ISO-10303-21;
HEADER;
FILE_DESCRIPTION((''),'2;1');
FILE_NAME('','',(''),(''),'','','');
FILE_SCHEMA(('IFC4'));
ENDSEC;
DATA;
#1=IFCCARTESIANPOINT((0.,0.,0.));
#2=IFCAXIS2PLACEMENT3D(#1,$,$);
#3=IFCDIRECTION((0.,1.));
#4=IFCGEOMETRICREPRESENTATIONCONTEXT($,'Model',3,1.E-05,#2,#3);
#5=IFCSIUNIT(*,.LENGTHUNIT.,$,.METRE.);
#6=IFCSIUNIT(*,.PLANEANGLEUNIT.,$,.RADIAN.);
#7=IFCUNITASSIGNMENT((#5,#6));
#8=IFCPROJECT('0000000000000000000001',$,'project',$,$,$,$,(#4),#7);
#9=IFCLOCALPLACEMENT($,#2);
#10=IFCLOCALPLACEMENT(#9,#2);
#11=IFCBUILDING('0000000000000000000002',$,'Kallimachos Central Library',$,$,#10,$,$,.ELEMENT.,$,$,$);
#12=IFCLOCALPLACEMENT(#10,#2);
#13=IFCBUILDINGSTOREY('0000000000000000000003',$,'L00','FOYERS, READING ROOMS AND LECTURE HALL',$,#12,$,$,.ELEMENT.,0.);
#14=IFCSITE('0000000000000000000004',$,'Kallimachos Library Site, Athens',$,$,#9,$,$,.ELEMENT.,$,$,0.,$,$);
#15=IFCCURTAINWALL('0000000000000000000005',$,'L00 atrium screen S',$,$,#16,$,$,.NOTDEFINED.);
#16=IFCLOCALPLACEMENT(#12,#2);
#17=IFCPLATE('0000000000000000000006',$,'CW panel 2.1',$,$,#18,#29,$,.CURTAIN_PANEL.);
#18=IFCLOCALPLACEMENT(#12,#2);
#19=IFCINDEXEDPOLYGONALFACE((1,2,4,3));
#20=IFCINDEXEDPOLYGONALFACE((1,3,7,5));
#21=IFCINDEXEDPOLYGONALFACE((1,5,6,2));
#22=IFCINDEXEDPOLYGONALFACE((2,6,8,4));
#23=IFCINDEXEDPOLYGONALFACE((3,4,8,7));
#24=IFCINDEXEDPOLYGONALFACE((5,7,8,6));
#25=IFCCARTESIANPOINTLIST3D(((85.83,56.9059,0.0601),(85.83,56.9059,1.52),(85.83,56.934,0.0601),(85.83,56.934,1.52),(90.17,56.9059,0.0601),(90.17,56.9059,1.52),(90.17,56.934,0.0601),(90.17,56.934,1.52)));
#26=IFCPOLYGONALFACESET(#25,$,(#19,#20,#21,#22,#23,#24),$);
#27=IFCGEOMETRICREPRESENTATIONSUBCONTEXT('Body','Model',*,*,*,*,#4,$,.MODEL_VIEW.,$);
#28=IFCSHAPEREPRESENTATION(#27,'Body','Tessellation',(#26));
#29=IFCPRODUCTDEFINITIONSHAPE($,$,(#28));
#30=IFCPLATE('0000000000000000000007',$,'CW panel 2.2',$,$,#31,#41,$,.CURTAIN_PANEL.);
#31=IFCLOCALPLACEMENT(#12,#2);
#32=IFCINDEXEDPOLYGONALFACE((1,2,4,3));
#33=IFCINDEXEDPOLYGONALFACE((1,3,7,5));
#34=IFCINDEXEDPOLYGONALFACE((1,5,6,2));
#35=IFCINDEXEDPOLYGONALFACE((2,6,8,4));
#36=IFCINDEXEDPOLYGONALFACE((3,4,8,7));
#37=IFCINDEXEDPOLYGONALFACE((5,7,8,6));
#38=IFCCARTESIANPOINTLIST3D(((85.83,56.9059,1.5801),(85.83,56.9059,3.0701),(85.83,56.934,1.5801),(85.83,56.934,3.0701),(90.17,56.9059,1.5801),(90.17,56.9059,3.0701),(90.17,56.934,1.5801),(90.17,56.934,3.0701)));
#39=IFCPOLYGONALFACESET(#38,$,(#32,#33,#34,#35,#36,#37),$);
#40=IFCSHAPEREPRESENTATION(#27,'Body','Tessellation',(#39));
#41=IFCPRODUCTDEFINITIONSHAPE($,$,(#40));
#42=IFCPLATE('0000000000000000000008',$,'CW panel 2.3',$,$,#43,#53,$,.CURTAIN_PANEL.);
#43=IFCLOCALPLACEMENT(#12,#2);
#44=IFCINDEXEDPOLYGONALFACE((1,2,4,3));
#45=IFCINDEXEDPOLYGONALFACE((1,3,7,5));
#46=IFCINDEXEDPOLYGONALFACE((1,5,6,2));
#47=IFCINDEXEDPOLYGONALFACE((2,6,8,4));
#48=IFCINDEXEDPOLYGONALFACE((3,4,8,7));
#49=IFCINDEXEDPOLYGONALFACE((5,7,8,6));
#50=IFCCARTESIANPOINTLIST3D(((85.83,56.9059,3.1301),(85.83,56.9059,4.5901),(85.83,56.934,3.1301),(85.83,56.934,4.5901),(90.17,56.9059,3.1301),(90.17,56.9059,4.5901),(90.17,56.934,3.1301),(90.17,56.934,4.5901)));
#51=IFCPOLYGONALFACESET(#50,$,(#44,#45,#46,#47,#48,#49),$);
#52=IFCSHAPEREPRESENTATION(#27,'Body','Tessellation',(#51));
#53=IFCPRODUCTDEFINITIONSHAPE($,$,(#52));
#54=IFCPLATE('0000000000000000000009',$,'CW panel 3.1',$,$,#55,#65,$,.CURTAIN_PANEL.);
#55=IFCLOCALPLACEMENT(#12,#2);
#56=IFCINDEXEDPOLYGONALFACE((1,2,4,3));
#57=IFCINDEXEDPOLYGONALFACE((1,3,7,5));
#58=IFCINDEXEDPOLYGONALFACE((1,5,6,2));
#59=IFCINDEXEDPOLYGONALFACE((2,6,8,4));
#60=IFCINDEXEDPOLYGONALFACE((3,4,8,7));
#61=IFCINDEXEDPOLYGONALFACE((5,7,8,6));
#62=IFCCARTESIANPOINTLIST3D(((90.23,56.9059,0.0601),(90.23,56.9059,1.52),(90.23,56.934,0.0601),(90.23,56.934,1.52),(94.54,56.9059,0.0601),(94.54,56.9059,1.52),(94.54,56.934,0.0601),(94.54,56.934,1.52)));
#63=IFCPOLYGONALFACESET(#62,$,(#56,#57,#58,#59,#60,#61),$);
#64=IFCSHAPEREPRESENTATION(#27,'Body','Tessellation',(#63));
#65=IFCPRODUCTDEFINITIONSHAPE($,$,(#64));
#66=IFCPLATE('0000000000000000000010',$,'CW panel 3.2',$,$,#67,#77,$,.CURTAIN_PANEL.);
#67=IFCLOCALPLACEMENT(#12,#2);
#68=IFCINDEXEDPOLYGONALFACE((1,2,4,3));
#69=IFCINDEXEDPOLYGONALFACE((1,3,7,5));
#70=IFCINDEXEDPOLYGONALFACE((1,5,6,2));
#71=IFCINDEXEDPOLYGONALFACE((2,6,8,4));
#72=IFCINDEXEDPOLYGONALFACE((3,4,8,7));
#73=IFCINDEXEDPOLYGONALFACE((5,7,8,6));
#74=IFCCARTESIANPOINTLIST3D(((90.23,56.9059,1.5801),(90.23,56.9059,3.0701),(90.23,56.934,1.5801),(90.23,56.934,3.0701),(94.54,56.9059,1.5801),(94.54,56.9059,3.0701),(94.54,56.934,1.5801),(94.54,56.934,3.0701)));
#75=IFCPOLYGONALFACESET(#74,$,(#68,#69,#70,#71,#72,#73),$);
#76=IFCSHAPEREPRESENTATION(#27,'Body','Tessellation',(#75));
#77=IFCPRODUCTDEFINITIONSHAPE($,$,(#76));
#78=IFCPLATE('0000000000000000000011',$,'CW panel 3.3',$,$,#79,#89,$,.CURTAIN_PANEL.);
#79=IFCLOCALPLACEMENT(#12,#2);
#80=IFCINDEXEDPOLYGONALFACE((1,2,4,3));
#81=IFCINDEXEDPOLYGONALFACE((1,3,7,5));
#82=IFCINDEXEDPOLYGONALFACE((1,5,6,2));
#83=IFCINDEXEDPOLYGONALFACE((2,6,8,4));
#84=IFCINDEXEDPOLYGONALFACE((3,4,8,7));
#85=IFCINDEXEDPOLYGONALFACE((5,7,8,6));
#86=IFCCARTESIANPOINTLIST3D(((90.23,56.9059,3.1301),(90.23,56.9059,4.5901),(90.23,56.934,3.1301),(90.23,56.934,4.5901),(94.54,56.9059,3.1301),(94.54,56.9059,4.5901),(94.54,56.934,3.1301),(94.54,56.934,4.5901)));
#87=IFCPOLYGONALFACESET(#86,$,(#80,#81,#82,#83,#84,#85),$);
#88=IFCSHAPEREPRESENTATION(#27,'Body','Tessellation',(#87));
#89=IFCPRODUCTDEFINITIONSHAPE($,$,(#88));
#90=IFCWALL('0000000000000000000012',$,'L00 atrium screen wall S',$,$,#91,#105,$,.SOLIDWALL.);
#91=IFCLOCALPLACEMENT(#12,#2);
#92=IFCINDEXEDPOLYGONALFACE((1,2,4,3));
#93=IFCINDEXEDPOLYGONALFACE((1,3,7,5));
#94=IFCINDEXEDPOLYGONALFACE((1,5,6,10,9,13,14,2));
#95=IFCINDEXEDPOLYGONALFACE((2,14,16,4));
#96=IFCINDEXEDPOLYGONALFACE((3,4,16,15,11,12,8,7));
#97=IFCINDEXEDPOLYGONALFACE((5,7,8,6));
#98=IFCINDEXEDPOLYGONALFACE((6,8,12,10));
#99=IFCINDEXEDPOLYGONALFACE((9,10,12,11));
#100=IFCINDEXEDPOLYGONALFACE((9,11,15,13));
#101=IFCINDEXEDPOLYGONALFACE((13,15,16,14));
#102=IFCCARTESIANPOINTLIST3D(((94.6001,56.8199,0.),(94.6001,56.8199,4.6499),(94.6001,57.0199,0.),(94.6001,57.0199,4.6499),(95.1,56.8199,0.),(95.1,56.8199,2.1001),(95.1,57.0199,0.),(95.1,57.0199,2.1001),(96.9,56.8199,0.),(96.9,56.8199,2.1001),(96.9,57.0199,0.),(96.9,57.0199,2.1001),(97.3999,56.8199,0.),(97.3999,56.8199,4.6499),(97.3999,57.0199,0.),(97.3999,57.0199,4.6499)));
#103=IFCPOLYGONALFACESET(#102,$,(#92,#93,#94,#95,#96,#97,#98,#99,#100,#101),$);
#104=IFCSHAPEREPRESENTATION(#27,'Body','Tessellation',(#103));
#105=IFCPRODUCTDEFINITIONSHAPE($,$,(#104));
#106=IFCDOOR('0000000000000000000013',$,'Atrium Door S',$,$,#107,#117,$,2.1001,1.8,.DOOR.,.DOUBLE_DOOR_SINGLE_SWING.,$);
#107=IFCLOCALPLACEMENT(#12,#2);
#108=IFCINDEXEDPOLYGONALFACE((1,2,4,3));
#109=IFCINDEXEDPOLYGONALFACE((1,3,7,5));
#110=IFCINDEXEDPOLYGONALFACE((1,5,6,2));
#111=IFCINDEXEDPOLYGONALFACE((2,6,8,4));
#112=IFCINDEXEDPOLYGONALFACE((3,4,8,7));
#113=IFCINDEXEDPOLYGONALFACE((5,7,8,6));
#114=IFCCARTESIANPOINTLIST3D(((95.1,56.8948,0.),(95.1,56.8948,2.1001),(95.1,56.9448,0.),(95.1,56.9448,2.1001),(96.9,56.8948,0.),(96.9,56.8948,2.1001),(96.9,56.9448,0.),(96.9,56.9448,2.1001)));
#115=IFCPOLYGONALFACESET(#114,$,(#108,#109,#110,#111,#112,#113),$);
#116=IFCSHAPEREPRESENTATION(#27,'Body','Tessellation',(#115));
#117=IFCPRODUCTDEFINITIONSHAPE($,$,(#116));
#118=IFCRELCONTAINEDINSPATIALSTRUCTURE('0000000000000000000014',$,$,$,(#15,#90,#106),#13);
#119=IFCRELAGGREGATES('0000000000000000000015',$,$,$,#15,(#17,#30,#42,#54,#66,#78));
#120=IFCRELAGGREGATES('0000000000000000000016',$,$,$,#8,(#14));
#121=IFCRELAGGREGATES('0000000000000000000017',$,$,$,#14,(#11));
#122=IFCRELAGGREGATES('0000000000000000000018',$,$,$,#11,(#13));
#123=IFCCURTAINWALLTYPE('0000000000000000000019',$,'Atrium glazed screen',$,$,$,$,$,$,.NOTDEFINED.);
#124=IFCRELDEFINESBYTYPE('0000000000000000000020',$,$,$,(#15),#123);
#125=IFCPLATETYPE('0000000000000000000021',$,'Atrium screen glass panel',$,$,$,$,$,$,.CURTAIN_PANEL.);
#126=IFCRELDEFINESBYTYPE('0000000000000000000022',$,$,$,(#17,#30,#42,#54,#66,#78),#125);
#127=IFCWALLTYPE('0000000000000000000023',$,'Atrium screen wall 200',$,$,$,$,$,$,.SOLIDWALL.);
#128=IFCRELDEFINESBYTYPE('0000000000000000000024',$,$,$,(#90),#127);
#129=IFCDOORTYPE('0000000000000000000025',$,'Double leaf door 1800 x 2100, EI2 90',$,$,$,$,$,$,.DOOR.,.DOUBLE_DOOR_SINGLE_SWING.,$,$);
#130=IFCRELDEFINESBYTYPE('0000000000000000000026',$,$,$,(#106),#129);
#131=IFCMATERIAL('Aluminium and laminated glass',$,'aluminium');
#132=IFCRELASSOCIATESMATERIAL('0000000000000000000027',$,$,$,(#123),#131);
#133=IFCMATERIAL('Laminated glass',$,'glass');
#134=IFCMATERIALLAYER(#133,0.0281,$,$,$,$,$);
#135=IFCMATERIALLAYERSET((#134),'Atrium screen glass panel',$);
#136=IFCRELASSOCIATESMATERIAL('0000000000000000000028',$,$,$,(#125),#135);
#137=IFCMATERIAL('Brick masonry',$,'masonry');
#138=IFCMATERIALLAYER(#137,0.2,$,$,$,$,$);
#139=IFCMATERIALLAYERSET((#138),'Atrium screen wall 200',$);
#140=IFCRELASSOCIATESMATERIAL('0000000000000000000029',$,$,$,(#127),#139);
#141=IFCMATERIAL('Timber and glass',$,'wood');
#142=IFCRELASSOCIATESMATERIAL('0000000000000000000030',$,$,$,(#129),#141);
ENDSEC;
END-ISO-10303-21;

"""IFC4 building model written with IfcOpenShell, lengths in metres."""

from ifc_helpers import new_model, si_unit, direction, frame, frame_2d, origin, origin_2d, place, context, subcontext, project, spatial, rectangle, extrude, material, layer, layer_set, type_object, element, fill, aggregate, save


model = new_model("IFC4")

# Units and contexts
model_context = context("Model", 3, precision=1e-05, world=origin(), true_north=direction((0.0, 1.0)))
body_context = subcontext(model_context, "Body", "Model", "MODEL_VIEW")
ifc_project = project(units=[si_unit("LENGTHUNIT", "METRE"), si_unit("PLANEANGLEUNIT", "RADIAN")], contexts=[model_context])

# Site, building, storey
site_placement = place(None, origin())
site = spatial("IfcSite", under=ifc_project, at=site_placement, Name="Kallimachos Library Site, Athens", CompositionType="ELEMENT", RefElevation=0.0)
building_placement = place(site_placement, origin())
building = spatial("IfcBuilding", under=site, at=building_placement, Name="Kallimachos Central Library", CompositionType="ELEMENT")
storey_placement = place(building_placement, origin())
storey = spatial("IfcBuildingStorey", under=building, at=storey_placement, Name="L00", Description="FOYERS, READING ROOMS AND LECTURE HALL", CompositionType="ELEMENT", Elevation=0.0)

# Curtain wall
ifc_material_1 = material(Name="Aluminium and laminated glass", Category="aluminium")
curtain_wall_type = type_object("IfcCurtainWallType", Name="Atrium glazed screen", PredefinedType="NOTDEFINED", material=ifc_material_1)
curtain_wall_placement = place(storey_placement, origin())
curtain_wall = element("IfcCurtainWall", 1, at=curtain_wall_placement, inside=storey, type_object=curtain_wall_type, Name="L00 atrium screen S", PredefinedType="NOTDEFINED")

# Plates
ifc_material_2 = material(Name="Laminated glass", Category="glass")
ifc_layer_1 = layer(ifc_material_2, 0.0281)
ifc_layer_set_1 = layer_set([ifc_layer_1], Name="Atrium screen glass panel")
plate_type = type_object("IfcPlateType", Name="Atrium screen glass panel", PredefinedType="CURTAIN_PANEL", material=ifc_layer_set_1)
plate_1_placement = place(storey_placement, frame((88.0, 56.9199, 0.0601), z_axis=(0.0, 0.0, 1.0), x_axis=(1.0, 0.0, 0.0)))
plate_1 = element("IfcPlate", 2, at=plate_1_placement, type_object=plate_type, Name="CW panel 2.1", PredefinedType="CURTAIN_PANEL", context=body_context, shape_type="SweptSolid", body=[
    extrude(rectangle(XDim=4.3401, YDim=0.0281, at=origin_2d()), origin(), (0.0, 0.0, 1.0), 1.46),
])
plate_2_placement = place(storey_placement, frame((88.0, 56.9199, 1.5801), z_axis=(0.0, 0.0, 1.0), x_axis=(1.0, 0.0, 0.0)))
plate_2 = element("IfcPlate", 3, at=plate_2_placement, type_object=plate_type, Name="CW panel 2.2", PredefinedType="CURTAIN_PANEL", context=body_context, shape_type="SweptSolid", body=[
    extrude(rectangle(XDim=4.3401, YDim=0.0281, at=origin_2d()), origin(), (0.0, 0.0, 1.0), 1.49),
])
plate_3_placement = place(storey_placement, frame((88.0, 56.9199, 3.1301), z_axis=(0.0, 0.0, 1.0), x_axis=(1.0, 0.0, 0.0)))
plate_3 = element("IfcPlate", 4, at=plate_3_placement, type_object=plate_type, Name="CW panel 2.3", PredefinedType="CURTAIN_PANEL", context=body_context, shape_type="SweptSolid", body=[
    extrude(rectangle(XDim=4.3401, YDim=0.0281, at=origin_2d()), origin(), (0.0, 0.0, 1.0), 1.46),
])
plate_4_placement = place(storey_placement, frame((92.385, 56.9199, 0.0601), z_axis=(0.0, 0.0, 1.0), x_axis=(1.0, 0.0, 0.0)))
plate_4 = element("IfcPlate", 5, at=plate_4_placement, type_object=plate_type, Name="CW panel 3.1", PredefinedType="CURTAIN_PANEL", context=body_context, shape_type="SweptSolid", body=[
    extrude(rectangle(XDim=4.3101, YDim=0.0281, at=origin_2d()), origin(), (0.0, 0.0, 1.0), 1.46),
])
plate_5_placement = place(storey_placement, frame((92.385, 56.9199, 1.5801), z_axis=(0.0, 0.0, 1.0), x_axis=(1.0, 0.0, 0.0)))
plate_5 = element("IfcPlate", 6, at=plate_5_placement, type_object=plate_type, Name="CW panel 3.2", PredefinedType="CURTAIN_PANEL", context=body_context, shape_type="SweptSolid", body=[
    extrude(rectangle(XDim=4.3101, YDim=0.0281, at=origin_2d()), origin(), (0.0, 0.0, 1.0), 1.49),
])
plate_6_placement = place(storey_placement, frame((92.385, 56.9199, 3.1301), z_axis=(0.0, 0.0, 1.0), x_axis=(1.0, 0.0, 0.0)))
plate_6 = element("IfcPlate", 7, at=plate_6_placement, type_object=plate_type, Name="CW panel 3.3", PredefinedType="CURTAIN_PANEL", context=body_context, shape_type="SweptSolid", body=[
    extrude(rectangle(XDim=4.3101, YDim=0.0281, at=origin_2d()), origin(), (0.0, 0.0, 1.0), 1.46),
])
aggregate(curtain_wall, [plate_1, plate_2, plate_3, plate_4, plate_5, plate_6])

# Wall, opening, door
ifc_material_3 = material(Name="Brick masonry", Category="masonry")
ifc_layer_2 = layer(ifc_material_3, 0.2)
ifc_layer_set_2 = layer_set([ifc_layer_2], Name="Atrium screen wall 200")
wall_type = type_object("IfcWallType", Name="Atrium screen wall 200", PredefinedType="SOLIDWALL", material=ifc_layer_set_2)
wall_placement = place(storey_placement, frame((94.6001, 56.9199, 0.0), z_axis=(0.0, 0.0, 1.0), x_axis=(1.0, 0.0, 0.0)))
wall = element("IfcWall", 8, at=wall_placement, inside=storey, type_object=wall_type, Name="L00 atrium screen wall S", PredefinedType="SOLIDWALL", context=body_context, shape_type="SweptSolid", body=[
    extrude(rectangle(XDim=2.7998, YDim=0.2, at=frame_2d((1.3999, 0.0))), origin(), (0.0, 0.0, 1.0), 4.6499),
])
opening_placement = place(wall_placement, frame((0.5, 0.0, 0.0)))
opening = element("IfcOpeningElement", 9, at=opening_placement, cuts=wall, PredefinedType="OPENING", context=body_context, shape_type="SweptSolid", body=[
    extrude(rectangle(XDim=1.8, YDim=2.1001, at=frame_2d((0.8999, 1.05))), frame((0.0, 0.1099, 0.0), z_axis=(0.0, -1.0, 0.0), x_axis=(1.0, 0.0, 0.0)), (0.0, 0.0, 1.0), 0.22),
])
ifc_material_4 = material(Name="Timber and glass", Category="wood")
door_type = type_object("IfcDoorType", Name="Double leaf door 1800 x 2100, EI2 90", OperationType="DOUBLE_DOOR_SINGLE_SWING", PredefinedType="DOOR", material=ifc_material_4)
door_placement = place(opening_placement, origin())
door = element("IfcDoor", 10, at=door_placement, inside=storey, type_object=door_type, Name="Atrium Door S", OperationType="DOUBLE_DOOR_SINGLE_SWING", OverallHeight=2.1001, OverallWidth=1.8, PredefinedType="DOOR", context=body_context, shape_type="SweptSolid", body=[
    extrude(rectangle(XDim=1.8, YDim=2.1001, at=frame_2d((0.8999, 1.05))), frame((0.0, 0.0249, 0.0), z_axis=(0.0, -1.0, 0.0), x_axis=(1.0, 0.0, 0.0)), (0.0, 0.0, 1.0), 0.05),
])
fill(opening, door)

save(model, "model.ifc")
